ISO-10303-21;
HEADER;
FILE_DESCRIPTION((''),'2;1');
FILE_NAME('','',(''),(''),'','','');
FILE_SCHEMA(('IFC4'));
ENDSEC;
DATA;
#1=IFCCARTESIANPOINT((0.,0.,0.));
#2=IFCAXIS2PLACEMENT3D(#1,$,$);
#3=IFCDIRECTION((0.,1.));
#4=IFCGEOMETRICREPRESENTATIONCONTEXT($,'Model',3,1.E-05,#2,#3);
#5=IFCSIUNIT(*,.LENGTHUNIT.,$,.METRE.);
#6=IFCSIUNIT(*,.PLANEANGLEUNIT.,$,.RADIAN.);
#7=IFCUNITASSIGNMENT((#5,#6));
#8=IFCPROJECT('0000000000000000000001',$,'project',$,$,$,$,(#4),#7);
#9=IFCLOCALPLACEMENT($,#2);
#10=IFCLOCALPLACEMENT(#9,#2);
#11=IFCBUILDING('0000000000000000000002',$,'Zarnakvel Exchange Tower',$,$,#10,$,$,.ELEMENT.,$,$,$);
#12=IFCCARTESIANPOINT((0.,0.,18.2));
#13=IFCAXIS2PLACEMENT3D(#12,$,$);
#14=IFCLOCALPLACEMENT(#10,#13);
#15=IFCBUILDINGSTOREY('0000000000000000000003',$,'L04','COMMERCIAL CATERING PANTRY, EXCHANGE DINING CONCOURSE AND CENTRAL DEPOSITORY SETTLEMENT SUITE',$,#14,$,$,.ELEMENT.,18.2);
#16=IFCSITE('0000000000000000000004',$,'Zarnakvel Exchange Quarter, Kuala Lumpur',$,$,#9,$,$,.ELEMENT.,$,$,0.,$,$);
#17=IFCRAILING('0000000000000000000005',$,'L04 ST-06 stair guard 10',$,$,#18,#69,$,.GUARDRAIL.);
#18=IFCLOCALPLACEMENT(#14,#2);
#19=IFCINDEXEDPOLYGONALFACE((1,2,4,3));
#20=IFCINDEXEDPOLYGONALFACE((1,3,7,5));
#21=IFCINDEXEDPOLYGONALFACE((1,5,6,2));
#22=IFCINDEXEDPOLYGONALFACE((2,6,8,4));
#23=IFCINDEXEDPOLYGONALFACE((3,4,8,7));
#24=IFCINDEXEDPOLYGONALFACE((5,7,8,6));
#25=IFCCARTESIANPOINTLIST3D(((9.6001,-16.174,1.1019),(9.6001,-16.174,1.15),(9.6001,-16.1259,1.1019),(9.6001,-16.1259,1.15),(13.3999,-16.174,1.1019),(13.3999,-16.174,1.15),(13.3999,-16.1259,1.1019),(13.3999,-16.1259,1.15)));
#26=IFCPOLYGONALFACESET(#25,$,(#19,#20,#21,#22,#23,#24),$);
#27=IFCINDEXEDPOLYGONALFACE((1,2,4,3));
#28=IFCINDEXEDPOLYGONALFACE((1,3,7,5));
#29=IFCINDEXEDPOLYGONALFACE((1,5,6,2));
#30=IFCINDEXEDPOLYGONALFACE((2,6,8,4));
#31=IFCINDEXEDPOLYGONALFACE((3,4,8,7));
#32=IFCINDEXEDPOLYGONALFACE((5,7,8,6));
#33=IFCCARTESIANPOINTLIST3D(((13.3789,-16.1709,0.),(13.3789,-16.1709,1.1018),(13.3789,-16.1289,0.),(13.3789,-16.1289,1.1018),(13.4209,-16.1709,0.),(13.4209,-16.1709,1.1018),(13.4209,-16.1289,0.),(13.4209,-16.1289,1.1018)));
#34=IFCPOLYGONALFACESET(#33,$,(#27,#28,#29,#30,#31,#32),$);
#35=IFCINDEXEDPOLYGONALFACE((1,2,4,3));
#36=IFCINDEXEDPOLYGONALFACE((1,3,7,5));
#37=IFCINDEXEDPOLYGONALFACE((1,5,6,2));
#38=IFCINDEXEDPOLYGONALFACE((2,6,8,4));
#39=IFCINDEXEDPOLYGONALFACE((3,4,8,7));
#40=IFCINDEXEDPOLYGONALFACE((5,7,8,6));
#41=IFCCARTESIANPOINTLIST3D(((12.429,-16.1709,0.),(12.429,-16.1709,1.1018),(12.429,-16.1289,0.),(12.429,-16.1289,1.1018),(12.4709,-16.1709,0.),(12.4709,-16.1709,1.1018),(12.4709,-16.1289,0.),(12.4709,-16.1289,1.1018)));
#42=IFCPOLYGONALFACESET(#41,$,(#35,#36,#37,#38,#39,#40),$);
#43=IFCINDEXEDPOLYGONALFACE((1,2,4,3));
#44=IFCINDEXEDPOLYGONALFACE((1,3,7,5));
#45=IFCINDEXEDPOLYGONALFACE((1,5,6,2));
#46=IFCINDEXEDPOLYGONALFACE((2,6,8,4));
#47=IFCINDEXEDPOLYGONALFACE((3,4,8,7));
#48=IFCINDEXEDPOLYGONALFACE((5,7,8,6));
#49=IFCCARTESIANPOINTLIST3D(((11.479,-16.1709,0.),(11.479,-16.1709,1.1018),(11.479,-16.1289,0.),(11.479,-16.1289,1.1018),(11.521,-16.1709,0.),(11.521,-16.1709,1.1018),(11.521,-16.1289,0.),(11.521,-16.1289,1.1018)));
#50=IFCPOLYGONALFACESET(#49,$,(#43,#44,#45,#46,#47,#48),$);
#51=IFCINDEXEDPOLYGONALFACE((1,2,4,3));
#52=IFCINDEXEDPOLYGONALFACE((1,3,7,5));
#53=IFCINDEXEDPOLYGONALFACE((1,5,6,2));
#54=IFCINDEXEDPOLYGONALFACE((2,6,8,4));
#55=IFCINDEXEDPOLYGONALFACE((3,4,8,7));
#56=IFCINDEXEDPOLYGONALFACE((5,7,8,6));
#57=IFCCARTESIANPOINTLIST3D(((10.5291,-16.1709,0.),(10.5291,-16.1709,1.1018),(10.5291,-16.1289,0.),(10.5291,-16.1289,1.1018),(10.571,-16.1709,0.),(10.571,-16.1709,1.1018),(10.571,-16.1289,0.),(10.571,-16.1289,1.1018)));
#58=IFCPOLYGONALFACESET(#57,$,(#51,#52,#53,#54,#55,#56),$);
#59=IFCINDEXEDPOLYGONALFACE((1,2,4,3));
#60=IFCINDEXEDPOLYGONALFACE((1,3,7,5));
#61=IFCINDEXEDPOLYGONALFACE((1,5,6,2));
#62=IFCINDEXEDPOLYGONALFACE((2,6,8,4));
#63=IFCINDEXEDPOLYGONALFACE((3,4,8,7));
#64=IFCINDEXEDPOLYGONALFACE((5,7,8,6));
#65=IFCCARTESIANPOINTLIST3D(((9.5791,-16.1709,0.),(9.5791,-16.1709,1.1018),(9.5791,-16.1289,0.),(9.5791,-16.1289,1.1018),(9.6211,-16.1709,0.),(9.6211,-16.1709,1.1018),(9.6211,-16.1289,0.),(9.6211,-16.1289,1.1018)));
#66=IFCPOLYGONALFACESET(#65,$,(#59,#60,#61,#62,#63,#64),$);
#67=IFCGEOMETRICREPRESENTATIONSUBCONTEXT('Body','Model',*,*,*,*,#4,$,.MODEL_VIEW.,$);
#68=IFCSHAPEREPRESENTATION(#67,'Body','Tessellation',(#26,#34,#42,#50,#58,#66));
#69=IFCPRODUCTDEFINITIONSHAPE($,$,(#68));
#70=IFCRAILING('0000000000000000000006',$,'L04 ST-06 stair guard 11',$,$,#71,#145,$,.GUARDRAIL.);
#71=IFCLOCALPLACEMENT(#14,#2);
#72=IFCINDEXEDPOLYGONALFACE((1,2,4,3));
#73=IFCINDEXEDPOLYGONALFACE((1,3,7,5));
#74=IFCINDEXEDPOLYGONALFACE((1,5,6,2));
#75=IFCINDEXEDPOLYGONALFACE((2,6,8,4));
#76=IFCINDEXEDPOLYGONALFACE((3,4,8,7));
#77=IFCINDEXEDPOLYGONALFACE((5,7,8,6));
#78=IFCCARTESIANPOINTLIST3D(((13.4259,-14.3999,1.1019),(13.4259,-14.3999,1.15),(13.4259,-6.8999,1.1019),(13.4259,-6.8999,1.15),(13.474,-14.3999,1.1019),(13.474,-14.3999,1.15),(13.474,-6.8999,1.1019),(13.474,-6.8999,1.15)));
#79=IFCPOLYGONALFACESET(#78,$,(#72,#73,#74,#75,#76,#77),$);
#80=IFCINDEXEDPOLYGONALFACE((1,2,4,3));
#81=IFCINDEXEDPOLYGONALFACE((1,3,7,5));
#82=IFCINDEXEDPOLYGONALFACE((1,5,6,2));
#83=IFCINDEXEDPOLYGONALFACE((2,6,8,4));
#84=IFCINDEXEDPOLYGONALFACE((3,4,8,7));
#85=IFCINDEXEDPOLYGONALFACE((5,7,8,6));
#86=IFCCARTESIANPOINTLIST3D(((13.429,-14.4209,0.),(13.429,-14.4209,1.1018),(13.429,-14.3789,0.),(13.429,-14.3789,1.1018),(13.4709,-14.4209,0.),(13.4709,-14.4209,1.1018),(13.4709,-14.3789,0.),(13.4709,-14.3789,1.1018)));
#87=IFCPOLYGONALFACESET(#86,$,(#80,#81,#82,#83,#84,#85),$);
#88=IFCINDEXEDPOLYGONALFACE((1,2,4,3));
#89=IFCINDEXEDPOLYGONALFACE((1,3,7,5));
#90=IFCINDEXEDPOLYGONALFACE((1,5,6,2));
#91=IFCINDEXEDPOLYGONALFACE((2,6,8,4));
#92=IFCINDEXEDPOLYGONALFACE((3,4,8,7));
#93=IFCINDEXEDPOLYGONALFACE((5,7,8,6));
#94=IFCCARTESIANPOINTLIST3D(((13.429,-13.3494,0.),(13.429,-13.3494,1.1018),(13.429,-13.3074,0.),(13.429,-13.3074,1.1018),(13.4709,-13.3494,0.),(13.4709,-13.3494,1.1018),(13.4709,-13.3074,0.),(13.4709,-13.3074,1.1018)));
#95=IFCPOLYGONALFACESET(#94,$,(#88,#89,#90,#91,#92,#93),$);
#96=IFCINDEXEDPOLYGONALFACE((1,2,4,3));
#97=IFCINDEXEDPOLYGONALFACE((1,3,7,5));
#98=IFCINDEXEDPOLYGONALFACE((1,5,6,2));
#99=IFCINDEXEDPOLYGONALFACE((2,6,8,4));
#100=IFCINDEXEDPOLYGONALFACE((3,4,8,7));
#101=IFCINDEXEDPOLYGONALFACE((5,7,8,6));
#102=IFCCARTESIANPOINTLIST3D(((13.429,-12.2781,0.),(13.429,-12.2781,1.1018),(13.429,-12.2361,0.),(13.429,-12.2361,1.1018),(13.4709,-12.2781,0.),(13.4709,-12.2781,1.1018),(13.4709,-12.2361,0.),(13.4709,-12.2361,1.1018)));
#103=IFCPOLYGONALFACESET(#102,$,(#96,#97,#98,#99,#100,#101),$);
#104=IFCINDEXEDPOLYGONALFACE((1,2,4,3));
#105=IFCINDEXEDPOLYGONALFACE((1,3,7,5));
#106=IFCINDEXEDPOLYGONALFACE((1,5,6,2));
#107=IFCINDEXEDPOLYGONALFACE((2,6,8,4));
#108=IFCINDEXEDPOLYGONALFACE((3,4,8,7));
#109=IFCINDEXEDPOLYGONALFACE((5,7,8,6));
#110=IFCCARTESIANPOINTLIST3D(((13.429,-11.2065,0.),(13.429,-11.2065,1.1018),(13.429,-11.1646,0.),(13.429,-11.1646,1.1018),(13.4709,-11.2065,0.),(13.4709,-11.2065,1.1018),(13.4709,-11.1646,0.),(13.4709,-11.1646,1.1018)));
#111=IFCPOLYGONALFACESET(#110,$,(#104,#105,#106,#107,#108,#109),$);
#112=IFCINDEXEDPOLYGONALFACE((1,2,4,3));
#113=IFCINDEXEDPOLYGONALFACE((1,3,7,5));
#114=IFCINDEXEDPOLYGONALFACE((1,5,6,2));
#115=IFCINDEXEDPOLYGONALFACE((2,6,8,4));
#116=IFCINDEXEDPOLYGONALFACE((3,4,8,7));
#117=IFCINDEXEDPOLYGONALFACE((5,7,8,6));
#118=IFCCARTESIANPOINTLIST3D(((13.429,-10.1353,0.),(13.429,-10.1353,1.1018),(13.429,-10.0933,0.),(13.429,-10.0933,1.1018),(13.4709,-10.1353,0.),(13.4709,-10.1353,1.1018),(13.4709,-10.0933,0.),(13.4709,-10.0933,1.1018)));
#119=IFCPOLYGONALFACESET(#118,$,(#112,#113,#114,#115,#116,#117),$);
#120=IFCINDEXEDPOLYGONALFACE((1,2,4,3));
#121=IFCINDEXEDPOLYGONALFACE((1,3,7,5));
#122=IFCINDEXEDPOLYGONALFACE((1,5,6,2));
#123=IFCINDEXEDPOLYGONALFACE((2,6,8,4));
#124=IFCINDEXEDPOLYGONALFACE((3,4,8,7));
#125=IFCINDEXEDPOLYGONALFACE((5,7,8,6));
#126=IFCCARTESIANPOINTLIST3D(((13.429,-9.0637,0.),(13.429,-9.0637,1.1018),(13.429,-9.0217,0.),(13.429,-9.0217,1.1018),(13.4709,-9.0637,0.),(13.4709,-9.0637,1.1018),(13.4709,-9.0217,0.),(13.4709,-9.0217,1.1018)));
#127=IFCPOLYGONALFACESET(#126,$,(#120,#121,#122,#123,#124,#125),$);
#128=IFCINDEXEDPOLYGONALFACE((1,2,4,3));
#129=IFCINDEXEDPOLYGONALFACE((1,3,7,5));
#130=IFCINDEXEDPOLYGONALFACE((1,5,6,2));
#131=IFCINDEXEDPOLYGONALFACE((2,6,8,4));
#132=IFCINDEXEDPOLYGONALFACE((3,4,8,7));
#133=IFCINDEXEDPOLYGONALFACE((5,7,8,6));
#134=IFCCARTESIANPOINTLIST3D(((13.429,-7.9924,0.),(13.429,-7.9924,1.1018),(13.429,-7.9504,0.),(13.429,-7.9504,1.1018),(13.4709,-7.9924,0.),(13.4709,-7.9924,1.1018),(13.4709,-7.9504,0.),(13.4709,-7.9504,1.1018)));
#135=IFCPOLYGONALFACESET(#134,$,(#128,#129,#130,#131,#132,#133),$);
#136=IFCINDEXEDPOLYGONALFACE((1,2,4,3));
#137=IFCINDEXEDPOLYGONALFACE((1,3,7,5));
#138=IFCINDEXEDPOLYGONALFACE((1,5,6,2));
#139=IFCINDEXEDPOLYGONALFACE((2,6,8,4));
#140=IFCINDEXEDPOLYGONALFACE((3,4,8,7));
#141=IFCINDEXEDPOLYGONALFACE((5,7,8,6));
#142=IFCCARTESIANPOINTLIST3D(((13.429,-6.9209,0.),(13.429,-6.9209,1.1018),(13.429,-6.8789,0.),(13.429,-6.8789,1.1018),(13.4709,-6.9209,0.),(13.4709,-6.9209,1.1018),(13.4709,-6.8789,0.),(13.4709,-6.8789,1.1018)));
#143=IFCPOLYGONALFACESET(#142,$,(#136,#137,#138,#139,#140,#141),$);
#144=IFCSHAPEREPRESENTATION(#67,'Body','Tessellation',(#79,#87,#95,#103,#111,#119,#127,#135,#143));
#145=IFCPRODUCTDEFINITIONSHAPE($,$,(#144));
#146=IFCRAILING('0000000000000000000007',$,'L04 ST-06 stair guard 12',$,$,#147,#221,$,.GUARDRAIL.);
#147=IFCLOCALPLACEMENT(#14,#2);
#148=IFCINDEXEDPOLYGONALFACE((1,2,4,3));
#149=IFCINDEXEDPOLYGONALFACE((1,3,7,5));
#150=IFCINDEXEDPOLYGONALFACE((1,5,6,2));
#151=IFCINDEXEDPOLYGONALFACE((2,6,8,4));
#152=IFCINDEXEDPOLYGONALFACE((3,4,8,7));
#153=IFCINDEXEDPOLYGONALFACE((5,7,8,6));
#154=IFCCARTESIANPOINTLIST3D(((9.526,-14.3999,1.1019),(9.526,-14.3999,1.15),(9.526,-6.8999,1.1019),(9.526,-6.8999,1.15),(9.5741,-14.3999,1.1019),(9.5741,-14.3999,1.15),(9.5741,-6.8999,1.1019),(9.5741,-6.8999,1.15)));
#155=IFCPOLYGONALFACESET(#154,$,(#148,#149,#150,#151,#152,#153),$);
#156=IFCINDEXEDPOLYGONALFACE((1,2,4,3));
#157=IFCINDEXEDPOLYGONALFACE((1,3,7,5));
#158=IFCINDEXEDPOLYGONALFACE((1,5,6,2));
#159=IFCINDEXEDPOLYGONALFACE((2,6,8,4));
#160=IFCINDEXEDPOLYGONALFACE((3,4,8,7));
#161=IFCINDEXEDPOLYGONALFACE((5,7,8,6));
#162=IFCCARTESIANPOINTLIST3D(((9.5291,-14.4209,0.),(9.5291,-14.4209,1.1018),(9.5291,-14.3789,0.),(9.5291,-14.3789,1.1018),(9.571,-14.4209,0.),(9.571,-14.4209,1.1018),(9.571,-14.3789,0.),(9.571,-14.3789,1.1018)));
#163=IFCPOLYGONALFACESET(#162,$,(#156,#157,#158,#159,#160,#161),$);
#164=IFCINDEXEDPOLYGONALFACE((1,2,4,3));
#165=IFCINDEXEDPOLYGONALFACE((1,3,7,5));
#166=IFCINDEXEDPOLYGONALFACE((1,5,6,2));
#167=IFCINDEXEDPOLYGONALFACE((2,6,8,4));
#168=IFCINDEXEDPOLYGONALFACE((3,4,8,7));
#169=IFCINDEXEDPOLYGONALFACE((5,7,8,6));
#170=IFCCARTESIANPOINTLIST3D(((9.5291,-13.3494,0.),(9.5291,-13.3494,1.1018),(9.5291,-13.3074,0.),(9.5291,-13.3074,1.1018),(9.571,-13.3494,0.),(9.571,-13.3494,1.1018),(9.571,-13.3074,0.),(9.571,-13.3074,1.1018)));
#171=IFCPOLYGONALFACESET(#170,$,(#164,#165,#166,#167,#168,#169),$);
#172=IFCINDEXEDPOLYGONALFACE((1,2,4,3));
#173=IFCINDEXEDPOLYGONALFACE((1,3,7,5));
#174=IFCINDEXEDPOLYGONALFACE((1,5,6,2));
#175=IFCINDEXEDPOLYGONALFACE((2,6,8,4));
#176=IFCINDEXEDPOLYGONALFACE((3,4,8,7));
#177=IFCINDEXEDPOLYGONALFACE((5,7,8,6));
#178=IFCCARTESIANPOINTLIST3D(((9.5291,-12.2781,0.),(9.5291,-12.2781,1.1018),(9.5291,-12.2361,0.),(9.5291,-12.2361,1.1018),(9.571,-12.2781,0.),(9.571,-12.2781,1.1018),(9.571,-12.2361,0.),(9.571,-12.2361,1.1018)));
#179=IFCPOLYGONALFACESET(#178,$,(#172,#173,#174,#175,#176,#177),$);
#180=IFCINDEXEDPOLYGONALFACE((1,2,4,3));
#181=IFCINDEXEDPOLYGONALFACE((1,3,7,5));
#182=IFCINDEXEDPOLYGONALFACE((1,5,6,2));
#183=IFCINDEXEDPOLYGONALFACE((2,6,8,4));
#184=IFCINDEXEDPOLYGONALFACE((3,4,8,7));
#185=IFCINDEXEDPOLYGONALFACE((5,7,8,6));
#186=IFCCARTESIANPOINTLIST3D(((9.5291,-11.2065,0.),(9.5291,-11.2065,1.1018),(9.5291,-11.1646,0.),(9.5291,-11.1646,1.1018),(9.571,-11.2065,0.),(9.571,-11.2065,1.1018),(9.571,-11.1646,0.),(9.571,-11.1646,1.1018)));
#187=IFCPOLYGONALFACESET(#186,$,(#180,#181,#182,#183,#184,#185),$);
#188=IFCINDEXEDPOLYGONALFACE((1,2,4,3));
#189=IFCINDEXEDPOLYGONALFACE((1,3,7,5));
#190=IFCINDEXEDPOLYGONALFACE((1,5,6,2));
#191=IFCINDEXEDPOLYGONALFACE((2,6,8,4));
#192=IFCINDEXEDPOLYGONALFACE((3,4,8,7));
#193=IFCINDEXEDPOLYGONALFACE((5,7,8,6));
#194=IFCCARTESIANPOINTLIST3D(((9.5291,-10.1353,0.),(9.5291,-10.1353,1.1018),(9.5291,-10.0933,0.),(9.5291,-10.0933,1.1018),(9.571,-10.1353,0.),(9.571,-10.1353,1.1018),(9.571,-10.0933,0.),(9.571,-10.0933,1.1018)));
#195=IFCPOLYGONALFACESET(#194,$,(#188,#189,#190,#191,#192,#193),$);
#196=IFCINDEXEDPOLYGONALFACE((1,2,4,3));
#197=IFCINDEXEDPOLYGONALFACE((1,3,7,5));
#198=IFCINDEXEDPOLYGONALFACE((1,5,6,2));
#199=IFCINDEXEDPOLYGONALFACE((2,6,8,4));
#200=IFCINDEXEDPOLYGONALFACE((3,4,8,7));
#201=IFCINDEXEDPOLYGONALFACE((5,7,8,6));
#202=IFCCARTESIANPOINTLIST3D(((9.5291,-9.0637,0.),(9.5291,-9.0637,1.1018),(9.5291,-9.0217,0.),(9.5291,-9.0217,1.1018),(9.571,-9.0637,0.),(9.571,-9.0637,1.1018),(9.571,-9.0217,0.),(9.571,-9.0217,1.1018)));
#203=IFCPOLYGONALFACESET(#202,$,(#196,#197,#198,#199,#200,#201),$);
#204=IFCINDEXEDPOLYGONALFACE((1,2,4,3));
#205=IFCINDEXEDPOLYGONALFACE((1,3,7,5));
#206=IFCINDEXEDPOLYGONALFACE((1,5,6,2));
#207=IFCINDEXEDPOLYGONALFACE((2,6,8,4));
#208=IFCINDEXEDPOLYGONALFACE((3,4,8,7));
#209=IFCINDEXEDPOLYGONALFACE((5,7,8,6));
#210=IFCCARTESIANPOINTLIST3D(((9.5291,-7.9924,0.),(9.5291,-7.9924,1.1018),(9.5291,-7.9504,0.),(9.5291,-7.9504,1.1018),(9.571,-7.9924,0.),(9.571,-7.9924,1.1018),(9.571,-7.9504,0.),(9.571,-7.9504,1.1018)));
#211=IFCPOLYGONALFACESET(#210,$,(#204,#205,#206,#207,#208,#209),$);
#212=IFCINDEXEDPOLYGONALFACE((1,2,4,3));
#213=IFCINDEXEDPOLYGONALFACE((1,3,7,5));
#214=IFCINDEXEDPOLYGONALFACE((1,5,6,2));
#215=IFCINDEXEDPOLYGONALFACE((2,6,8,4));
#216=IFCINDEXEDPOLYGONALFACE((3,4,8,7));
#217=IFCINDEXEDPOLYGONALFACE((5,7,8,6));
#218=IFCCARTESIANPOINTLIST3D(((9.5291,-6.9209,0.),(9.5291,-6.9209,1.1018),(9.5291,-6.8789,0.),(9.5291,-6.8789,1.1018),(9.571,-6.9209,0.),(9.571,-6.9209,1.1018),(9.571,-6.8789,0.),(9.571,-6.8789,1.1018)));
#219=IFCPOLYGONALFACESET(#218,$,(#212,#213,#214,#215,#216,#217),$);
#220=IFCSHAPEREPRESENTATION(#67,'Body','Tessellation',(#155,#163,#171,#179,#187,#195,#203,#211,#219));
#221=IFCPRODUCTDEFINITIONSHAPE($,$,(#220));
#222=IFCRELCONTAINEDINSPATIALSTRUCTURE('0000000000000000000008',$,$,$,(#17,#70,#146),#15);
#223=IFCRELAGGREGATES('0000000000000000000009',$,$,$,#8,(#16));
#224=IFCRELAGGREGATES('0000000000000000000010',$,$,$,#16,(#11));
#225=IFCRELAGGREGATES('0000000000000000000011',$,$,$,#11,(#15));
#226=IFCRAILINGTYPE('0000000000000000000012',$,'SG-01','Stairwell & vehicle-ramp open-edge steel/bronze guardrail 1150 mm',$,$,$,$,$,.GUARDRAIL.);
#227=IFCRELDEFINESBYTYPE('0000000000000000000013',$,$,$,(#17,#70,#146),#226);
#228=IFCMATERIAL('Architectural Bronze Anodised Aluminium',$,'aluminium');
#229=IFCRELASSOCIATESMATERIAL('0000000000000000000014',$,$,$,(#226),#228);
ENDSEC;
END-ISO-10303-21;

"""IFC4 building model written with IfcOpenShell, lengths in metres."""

from ifc_helpers import new_model, si_unit, direction, frame, origin, origin_2d, place, context, subcontext, project, spatial, rectangle, extrude, material, type_object, element, save


model = new_model("IFC4")

# Units and contexts
model_context = context("Model", 3, precision=1e-05, world=origin(), true_north=direction((0.0, 1.0)))
body_context = subcontext(model_context, "Body", "Model", "MODEL_VIEW")
ifc_project = project(units=[si_unit("LENGTHUNIT", "METRE"), si_unit("PLANEANGLEUNIT", "RADIAN")], contexts=[model_context])

# Site, building, storey
site_placement = place(None, origin())
site = spatial("IfcSite", under=ifc_project, at=site_placement, Name="Zarnakvel Exchange Quarter, Kuala Lumpur", CompositionType="ELEMENT", RefElevation=0.0)
building_placement = place(site_placement, origin())
building = spatial("IfcBuilding", under=site, at=building_placement, Name="Zarnakvel Exchange Tower", CompositionType="ELEMENT")
storey_placement = place(building_placement, frame((0.0, 0.0, 18.2)))
storey = spatial("IfcBuildingStorey", under=building, at=storey_placement, Name="L04", Description="COMMERCIAL CATERING PANTRY, EXCHANGE DINING CONCOURSE AND CENTRAL DEPOSITORY SETTLEMENT SUITE", CompositionType="ELEMENT", Elevation=18.2)

# Shared definitions
ifc_material_1 = material(Name="Architectural Bronze Anodised Aluminium", Category="aluminium")

# Railings
railing_type = type_object("IfcRailingType", Name="SG-01", Description="Stairwell & vehicle-ramp open-edge steel/bronze guardrail 1150 mm", PredefinedType="GUARDRAIL", material=ifc_material_1)
railing_1_placement = place(storey_placement, frame((13.3999, -16.1499, 0.0)))
element("IfcRailing", 1, at=railing_1_placement, inside=storey, type_object=railing_type, Name="L04 ST-06 stair guard 10", PredefinedType="GUARDRAIL", context=body_context, shape_type="SweptSolid", body=[
    extrude(rectangle(XDim=0.0481, YDim=0.0481, at=origin_2d()), frame((0.0, 0.0, 1.126), z_axis=(-1.0, 0.0, 0.0), x_axis=(0.0, -1.0, 0.0)), (0.0, 0.0, 1.0), 3.7998),
    extrude(rectangle(XDim=0.042, YDim=0.042, at=origin_2d()), origin(), (0.0, 0.0, 1.0), 1.1018),
    extrude(rectangle(XDim=0.042, YDim=0.042, at=origin_2d()), frame((-0.95, 0.0, 0.0)), (0.0, 0.0, 1.0), 1.1018),
    extrude(rectangle(XDim=0.042, YDim=0.042, at=origin_2d()), frame((-1.8999, 0.0, 0.0)), (0.0, 0.0, 1.0), 1.1018),
    extrude(rectangle(XDim=0.042, YDim=0.042, at=origin_2d()), frame((-2.8499, 0.0, 0.0)), (0.0, 0.0, 1.0), 1.1018),
    extrude(rectangle(XDim=0.042, YDim=0.042, at=origin_2d()), frame((-3.7998, 0.0, 0.0)), (0.0, 0.0, 1.0), 1.1018),
])
for number, where, name in (
    (2, (13.45, -14.3999, 0.0), "L04 ST-06 stair guard 11"),
    (3, (9.55, -14.3999, 0.0), "L04 ST-06 stair guard 12"),
):
    element("IfcRailing", number, at=place(storey_placement, frame(where)), inside=storey, type_object=railing_type, Name=name, PredefinedType="GUARDRAIL", context=body_context, shape_type="SweptSolid", body=[
        extrude(rectangle(XDim=0.0481, YDim=0.0481, at=origin_2d()), frame((0.0, 0.0, 1.126), z_axis=(0.0, 1.0, 0.0), x_axis=(-1.0, 0.0, 0.0)), (0.0, 0.0, 1.0), 7.5),
        extrude(rectangle(XDim=0.042, YDim=0.042, at=origin_2d()), origin(), (0.0, 0.0, 1.0), 1.1018),
        extrude(rectangle(XDim=0.042, YDim=0.042, at=origin_2d()), frame((0.0, 1.0715, 0.0)), (0.0, 0.0, 1.0), 1.1018),
        extrude(rectangle(XDim=0.042, YDim=0.042, at=origin_2d()), frame((0.0, 2.1428, 0.0)), (0.0, 0.0, 1.0), 1.1018),
        extrude(rectangle(XDim=0.042, YDim=0.042, at=origin_2d()), frame((0.0, 3.2144, 0.0)), (0.0, 0.0, 1.0), 1.1018),
        extrude(rectangle(XDim=0.042, YDim=0.042, at=origin_2d()), frame((0.0, 4.2856, 0.0)), (0.0, 0.0, 1.0), 1.1018),
        extrude(rectangle(XDim=0.042, YDim=0.042, at=origin_2d()), frame((0.0, 5.3572, 0.0)), (0.0, 0.0, 1.0), 1.1018),
        extrude(rectangle(XDim=0.042, YDim=0.042, at=origin_2d()), frame((0.0, 6.4285, 0.0)), (0.0, 0.0, 1.0), 1.1018),
        extrude(rectangle(XDim=0.042, YDim=0.042, at=origin_2d()), frame((0.0, 7.5, 0.0)), (0.0, 0.0, 1.0), 1.1018),
    ])

save(model, "model.ifc")
